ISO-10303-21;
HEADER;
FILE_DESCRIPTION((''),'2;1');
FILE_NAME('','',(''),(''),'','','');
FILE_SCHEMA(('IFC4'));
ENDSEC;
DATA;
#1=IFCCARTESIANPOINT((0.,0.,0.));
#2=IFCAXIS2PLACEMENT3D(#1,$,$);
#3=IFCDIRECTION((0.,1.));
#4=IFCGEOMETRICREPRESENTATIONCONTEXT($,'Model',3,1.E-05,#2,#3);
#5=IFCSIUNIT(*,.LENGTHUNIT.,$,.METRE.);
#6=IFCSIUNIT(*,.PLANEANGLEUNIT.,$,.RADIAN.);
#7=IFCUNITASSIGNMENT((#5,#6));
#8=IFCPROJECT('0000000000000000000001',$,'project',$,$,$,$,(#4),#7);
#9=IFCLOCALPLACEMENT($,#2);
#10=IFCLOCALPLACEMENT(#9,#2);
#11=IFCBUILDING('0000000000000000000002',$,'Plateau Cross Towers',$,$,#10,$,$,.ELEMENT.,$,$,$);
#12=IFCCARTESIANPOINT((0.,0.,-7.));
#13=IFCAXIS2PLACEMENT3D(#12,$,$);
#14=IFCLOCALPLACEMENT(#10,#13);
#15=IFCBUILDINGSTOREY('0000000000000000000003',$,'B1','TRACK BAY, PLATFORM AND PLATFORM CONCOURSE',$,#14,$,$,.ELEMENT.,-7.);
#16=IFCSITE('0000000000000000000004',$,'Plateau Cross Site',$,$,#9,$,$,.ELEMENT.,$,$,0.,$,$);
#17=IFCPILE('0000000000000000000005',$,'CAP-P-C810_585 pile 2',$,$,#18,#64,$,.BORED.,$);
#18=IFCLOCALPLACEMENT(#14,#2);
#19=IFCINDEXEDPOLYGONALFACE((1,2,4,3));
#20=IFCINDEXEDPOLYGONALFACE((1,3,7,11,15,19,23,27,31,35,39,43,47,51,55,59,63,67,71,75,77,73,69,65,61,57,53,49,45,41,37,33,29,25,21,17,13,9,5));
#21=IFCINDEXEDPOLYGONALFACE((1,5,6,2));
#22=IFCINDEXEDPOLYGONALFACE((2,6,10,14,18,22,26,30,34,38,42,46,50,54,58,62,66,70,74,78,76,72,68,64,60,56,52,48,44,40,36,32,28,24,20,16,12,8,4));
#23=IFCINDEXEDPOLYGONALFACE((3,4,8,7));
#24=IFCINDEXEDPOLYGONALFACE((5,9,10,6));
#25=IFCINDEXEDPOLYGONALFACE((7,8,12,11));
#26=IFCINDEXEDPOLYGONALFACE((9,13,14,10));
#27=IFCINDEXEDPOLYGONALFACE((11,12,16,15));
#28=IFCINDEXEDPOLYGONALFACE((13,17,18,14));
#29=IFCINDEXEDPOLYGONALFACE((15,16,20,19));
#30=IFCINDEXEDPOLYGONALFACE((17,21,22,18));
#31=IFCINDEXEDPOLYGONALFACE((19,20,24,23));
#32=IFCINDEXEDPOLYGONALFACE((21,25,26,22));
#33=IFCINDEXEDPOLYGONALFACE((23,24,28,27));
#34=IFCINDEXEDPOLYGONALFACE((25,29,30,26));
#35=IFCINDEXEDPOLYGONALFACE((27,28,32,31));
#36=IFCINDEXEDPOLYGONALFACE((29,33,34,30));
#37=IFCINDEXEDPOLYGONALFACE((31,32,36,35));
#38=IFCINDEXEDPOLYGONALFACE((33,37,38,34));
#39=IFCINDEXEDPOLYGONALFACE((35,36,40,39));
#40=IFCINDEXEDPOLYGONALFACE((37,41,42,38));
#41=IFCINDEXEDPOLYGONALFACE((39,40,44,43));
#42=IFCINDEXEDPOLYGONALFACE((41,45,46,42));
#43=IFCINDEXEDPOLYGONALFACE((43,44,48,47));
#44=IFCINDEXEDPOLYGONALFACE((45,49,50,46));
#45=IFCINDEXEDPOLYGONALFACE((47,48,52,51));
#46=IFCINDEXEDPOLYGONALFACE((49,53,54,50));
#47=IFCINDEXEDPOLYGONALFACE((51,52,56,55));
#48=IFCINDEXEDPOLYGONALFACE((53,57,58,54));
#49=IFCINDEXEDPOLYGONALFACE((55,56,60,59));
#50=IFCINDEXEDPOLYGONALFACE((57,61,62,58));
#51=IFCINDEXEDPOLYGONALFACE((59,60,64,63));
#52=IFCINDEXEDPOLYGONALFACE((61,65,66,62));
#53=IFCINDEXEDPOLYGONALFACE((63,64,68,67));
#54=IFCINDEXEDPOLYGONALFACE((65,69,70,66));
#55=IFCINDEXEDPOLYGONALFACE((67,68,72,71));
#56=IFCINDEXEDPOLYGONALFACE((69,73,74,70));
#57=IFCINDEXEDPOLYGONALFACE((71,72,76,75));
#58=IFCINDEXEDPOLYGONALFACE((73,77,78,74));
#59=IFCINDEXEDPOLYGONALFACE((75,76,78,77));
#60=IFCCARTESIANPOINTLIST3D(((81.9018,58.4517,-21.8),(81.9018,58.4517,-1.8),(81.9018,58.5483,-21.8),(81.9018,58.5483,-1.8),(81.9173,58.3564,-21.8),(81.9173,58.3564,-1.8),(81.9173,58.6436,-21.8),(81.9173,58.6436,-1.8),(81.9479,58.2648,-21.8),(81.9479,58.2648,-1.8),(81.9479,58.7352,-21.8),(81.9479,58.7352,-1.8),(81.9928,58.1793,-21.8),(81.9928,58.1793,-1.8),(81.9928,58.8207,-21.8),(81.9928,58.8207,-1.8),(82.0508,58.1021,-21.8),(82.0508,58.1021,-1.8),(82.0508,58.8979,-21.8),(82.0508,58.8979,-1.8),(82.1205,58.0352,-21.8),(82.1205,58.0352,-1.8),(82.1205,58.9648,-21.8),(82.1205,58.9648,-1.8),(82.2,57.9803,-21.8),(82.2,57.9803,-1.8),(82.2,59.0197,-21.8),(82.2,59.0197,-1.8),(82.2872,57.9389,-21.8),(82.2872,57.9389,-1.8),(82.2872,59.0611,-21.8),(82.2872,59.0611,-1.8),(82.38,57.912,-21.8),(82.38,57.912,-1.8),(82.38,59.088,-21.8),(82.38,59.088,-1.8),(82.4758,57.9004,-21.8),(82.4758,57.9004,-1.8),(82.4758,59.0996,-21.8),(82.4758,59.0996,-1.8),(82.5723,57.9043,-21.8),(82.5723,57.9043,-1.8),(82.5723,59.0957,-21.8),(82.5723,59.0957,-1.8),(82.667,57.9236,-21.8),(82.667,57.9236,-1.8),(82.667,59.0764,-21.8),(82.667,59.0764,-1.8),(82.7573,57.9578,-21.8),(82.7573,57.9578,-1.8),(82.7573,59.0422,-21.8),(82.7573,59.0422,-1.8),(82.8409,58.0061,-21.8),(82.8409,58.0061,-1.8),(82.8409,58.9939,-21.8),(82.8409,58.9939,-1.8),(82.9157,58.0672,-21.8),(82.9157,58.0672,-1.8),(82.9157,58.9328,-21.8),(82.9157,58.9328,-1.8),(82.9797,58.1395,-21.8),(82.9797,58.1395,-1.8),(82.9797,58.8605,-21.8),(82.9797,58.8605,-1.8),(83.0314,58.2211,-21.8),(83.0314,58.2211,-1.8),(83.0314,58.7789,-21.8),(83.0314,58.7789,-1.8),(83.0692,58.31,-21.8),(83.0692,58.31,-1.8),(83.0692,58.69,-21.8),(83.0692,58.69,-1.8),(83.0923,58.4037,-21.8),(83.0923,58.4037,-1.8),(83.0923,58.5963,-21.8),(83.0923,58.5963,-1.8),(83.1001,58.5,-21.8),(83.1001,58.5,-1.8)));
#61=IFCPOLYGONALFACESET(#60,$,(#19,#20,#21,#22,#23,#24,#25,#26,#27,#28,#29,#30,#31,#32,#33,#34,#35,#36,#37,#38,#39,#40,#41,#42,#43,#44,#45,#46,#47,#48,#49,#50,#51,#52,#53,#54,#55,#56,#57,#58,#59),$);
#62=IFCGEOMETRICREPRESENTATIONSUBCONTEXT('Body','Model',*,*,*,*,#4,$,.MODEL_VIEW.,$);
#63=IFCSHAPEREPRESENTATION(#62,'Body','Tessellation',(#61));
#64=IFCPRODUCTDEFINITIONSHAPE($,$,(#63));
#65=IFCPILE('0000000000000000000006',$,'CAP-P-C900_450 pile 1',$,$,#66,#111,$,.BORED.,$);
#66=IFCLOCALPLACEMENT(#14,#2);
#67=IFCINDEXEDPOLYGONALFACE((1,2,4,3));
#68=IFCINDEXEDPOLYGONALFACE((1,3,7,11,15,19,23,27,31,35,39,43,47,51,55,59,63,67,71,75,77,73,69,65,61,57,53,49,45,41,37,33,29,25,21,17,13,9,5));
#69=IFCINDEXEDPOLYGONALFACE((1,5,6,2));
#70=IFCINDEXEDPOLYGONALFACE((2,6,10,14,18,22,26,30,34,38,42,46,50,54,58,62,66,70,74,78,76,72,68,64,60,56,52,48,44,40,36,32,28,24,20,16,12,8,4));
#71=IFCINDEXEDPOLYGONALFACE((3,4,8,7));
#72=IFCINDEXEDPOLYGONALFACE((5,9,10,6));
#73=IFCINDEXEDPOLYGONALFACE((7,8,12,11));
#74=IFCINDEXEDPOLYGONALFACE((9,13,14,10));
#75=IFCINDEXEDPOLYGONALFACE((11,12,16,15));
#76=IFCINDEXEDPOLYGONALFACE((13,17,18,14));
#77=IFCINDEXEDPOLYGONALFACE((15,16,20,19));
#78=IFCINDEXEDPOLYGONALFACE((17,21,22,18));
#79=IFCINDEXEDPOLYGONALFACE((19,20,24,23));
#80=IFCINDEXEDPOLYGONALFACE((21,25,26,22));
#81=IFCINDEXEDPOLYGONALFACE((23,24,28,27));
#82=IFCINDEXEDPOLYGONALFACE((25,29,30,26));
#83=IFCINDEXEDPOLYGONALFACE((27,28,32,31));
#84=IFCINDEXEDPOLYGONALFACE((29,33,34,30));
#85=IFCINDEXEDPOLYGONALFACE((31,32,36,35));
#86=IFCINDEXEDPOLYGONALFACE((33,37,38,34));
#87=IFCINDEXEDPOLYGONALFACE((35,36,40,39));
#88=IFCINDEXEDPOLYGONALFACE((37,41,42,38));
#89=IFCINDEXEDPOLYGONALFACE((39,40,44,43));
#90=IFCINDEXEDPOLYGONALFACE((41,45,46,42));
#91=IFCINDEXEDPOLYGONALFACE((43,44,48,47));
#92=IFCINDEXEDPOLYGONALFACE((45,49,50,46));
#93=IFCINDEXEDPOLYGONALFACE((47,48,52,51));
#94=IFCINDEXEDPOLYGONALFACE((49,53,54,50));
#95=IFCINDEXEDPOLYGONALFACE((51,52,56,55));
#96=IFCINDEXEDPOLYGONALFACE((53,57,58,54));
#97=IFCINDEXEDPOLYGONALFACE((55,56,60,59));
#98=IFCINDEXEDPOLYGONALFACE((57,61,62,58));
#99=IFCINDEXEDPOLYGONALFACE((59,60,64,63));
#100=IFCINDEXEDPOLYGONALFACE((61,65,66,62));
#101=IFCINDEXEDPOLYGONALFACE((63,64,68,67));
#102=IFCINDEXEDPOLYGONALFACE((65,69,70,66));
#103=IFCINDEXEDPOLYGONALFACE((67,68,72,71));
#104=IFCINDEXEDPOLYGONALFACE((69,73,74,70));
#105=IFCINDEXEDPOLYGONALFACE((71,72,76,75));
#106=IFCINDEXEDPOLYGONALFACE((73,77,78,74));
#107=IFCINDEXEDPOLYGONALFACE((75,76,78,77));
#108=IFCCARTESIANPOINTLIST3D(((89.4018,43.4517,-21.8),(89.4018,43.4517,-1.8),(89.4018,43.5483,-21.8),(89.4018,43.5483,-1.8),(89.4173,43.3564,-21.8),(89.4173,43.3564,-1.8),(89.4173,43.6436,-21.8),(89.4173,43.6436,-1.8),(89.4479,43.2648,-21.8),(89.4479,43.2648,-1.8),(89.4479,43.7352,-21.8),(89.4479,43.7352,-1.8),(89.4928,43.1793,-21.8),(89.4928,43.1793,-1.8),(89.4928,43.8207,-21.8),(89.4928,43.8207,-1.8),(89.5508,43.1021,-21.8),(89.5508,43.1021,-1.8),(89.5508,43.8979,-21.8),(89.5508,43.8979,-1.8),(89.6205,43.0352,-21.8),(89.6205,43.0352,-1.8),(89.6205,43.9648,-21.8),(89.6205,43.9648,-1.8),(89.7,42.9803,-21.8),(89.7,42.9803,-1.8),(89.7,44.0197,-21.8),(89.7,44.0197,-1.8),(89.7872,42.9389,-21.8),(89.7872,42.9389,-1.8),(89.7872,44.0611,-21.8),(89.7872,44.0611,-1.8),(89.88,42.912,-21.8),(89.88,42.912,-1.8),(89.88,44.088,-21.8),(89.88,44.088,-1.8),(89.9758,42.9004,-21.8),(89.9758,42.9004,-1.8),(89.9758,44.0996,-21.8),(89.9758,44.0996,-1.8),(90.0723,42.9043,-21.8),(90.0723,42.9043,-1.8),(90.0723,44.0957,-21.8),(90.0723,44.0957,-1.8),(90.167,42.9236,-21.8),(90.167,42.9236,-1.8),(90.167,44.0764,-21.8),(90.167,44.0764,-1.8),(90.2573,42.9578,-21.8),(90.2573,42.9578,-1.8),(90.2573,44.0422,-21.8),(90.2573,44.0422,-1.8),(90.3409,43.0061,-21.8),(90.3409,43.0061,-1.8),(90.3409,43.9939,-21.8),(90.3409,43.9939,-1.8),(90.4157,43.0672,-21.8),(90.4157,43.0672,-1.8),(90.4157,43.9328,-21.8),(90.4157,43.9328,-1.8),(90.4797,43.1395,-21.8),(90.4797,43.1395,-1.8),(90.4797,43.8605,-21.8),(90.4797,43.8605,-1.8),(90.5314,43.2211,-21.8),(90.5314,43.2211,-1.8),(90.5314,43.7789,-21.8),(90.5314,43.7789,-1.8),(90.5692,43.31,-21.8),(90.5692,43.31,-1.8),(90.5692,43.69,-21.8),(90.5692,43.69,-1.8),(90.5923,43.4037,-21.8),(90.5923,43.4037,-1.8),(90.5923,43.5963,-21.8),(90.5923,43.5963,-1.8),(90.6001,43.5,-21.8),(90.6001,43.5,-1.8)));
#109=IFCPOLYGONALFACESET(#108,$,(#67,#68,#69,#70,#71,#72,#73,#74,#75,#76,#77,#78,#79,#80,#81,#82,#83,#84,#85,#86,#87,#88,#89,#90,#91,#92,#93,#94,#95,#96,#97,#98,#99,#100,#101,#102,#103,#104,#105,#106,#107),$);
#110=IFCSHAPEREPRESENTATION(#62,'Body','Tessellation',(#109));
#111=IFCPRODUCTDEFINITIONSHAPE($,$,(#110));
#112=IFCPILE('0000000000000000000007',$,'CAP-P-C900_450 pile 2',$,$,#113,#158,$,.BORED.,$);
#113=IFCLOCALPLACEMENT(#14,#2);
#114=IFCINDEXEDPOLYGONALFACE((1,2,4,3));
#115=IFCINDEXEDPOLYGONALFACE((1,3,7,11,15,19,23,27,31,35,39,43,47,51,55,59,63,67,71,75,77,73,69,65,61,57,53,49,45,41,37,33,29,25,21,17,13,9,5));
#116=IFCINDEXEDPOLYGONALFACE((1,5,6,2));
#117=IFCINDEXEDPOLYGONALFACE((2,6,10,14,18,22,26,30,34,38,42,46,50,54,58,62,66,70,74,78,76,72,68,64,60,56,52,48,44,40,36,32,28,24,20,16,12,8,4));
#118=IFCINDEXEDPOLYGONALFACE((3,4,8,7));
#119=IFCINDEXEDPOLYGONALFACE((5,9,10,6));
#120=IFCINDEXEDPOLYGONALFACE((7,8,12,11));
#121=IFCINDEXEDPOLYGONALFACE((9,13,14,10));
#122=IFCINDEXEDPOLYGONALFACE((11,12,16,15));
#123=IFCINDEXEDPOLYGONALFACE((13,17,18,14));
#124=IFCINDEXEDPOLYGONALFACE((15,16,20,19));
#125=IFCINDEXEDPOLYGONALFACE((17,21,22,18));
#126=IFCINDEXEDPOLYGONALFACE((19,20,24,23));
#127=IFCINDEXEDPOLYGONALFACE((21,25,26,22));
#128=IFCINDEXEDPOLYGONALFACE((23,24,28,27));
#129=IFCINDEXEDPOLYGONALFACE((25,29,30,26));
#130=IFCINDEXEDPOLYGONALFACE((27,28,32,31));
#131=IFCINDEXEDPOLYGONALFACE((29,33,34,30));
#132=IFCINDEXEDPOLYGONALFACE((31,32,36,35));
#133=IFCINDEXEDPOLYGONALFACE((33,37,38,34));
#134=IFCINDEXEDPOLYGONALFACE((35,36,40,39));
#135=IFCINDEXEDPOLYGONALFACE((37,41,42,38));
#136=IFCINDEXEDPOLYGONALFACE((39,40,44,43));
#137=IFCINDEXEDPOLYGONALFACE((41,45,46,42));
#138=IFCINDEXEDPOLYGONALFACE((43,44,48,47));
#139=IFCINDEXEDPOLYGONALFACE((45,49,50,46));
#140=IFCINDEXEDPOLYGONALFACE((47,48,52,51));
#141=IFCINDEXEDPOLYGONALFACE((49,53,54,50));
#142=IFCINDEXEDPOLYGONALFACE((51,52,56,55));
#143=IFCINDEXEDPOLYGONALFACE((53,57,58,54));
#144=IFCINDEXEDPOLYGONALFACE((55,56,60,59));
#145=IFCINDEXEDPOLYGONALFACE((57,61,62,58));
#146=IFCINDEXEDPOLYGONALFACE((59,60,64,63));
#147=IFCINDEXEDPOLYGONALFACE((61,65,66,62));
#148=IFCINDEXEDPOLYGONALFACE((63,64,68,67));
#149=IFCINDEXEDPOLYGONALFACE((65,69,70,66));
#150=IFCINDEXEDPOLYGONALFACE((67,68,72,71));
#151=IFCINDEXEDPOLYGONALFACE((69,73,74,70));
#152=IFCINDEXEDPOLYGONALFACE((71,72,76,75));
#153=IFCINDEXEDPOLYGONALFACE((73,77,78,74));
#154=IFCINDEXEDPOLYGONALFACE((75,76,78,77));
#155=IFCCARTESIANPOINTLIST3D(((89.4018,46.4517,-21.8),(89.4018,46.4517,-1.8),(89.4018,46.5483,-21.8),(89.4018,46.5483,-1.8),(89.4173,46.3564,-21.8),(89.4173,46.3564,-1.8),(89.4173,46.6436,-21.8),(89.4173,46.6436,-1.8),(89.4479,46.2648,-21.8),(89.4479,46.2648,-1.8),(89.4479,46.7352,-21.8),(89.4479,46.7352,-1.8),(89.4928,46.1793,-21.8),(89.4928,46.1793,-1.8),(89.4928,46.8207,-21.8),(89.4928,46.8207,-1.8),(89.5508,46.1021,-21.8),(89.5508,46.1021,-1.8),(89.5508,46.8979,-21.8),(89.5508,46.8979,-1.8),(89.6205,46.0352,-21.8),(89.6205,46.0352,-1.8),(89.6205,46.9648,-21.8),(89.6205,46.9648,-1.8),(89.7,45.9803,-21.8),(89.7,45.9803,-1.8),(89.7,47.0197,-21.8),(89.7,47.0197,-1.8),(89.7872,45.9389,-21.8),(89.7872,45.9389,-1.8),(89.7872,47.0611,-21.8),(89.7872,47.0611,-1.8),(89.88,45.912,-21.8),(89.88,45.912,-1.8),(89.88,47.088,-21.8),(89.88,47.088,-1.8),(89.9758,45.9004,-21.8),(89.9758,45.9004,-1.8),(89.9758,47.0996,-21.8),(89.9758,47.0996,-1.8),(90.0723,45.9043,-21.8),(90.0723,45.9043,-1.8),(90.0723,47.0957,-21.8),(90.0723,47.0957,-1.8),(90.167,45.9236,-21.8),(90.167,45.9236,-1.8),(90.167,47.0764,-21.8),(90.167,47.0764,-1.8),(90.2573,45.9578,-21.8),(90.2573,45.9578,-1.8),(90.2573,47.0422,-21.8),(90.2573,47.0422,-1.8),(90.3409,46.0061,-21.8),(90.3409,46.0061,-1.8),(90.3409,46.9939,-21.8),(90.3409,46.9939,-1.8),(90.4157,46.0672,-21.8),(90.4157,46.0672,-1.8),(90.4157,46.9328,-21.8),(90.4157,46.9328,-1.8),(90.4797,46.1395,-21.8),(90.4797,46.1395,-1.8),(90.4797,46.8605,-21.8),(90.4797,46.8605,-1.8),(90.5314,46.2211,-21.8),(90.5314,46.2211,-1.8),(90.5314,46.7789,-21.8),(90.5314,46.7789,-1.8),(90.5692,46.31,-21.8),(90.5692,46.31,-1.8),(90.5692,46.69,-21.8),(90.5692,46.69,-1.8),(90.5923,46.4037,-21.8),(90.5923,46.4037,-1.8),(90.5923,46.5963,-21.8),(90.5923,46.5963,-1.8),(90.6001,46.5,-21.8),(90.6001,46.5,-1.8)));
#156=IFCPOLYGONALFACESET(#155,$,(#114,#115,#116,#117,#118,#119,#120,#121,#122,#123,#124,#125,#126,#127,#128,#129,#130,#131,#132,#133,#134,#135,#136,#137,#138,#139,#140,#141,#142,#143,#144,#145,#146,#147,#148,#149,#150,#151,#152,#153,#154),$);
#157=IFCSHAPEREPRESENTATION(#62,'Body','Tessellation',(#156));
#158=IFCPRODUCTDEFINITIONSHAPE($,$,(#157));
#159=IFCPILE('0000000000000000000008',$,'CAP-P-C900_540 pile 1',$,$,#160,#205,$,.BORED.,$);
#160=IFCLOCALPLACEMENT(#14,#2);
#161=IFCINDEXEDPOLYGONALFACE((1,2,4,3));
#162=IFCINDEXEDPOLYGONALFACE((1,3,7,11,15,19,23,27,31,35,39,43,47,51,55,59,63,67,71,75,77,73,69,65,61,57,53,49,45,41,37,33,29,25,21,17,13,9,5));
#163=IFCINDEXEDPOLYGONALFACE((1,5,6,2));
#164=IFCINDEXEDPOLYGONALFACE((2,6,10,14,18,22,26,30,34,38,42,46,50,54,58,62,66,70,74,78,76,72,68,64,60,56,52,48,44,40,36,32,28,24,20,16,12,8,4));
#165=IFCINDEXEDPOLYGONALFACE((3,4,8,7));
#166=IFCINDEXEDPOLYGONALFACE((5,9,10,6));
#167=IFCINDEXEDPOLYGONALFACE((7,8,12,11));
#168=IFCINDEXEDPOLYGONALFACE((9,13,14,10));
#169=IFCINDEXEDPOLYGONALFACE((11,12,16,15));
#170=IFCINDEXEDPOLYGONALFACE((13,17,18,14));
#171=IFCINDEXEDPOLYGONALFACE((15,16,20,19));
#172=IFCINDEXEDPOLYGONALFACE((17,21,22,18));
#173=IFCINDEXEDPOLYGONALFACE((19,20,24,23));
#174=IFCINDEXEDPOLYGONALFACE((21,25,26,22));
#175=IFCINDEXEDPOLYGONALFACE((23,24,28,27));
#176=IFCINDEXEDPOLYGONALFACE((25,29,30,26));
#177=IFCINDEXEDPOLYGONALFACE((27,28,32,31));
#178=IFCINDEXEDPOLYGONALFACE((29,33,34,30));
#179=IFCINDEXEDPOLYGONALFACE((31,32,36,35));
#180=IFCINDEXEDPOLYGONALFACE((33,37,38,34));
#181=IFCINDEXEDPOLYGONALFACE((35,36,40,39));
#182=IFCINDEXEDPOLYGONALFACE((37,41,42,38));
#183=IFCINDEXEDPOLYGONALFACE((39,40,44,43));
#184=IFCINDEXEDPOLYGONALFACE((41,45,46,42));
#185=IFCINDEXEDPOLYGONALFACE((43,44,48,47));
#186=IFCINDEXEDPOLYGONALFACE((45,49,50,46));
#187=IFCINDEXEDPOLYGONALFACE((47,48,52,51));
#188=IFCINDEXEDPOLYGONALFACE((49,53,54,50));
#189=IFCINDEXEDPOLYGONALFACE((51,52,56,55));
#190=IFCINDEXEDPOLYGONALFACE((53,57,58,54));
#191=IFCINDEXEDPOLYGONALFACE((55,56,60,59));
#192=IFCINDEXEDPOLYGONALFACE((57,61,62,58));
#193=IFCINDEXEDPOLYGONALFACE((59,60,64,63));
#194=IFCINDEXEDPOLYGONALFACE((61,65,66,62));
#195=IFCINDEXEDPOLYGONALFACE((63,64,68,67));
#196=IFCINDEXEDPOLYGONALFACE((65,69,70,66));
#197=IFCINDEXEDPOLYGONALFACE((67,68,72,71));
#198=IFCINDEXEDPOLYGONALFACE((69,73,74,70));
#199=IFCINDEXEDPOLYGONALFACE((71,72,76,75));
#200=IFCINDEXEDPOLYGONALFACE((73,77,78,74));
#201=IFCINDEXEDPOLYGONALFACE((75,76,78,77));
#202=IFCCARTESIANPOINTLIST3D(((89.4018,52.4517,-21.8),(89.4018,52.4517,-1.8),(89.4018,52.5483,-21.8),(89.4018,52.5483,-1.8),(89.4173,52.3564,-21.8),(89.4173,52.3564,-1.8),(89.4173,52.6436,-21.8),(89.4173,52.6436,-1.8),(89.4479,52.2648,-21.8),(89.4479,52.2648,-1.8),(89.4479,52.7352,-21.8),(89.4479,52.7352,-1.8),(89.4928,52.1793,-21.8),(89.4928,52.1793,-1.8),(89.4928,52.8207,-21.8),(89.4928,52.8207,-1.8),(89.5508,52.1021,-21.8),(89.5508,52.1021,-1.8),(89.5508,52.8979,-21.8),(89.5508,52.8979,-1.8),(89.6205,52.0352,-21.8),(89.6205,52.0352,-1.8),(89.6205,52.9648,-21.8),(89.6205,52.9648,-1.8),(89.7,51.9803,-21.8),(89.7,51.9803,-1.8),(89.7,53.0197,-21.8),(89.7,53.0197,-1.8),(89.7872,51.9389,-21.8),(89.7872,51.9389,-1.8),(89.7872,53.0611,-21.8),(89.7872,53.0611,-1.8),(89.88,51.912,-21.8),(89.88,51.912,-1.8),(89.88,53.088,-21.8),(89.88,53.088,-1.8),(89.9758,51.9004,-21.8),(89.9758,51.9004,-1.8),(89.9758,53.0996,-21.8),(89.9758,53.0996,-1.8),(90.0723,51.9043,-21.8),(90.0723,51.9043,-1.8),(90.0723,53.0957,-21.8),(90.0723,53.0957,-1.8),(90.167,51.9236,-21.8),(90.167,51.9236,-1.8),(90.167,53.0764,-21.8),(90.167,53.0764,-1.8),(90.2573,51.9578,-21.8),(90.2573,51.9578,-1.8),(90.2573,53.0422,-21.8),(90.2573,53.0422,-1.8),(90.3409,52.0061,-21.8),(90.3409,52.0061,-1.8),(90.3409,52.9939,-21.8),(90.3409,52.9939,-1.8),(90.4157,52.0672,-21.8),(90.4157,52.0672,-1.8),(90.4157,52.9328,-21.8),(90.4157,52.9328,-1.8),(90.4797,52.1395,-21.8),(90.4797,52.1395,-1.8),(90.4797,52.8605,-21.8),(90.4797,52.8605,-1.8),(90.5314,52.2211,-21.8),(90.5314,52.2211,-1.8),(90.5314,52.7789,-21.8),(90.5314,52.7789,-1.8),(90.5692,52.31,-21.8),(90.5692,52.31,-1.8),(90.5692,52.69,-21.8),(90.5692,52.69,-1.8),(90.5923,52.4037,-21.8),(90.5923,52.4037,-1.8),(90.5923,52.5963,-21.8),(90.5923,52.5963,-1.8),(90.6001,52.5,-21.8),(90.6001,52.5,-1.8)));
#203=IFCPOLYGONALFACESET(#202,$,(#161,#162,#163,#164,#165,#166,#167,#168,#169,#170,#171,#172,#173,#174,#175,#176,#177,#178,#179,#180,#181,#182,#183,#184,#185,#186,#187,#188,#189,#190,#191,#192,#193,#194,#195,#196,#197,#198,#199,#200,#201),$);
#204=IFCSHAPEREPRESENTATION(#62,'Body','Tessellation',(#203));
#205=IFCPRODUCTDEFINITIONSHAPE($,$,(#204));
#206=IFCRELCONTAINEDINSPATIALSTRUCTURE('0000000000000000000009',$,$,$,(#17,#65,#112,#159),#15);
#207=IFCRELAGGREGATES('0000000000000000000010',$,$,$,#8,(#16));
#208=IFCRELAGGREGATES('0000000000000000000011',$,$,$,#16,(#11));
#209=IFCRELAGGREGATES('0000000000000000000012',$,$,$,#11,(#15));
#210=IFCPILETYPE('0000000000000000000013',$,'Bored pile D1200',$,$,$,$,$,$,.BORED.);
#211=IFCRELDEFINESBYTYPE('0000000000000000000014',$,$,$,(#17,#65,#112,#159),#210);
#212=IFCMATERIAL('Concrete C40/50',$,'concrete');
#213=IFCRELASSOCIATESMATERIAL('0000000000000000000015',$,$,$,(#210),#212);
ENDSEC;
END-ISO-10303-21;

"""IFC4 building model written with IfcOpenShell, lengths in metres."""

from ifc_helpers import new_model, si_unit, direction, frame, origin, origin_2d, place, context, subcontext, project, spatial, circle, extrude, material, material_profile, profile_set, type_object, element, save


model = new_model("IFC4")

# Units and contexts
model_context = context("Model", 3, precision=1e-05, world=origin(), true_north=direction((0.0, 1.0)))
body_context = subcontext(model_context, "Body", "Model", "MODEL_VIEW")
ifc_project = project(units=[si_unit("LENGTHUNIT", "METRE"), si_unit("PLANEANGLEUNIT", "RADIAN")], contexts=[model_context])

# Site, building, storey
site_placement = place(None, origin())
site = spatial("IfcSite", under=ifc_project, at=site_placement, Name="Plateau Cross Site", CompositionType="ELEMENT", RefElevation=0.0)
building_placement = place(site_placement, origin())
building = spatial("IfcBuilding", under=site, at=building_placement, Name="Plateau Cross Towers", CompositionType="ELEMENT")
storey_placement = place(building_placement, frame((0.0, 0.0, -7.0)))
storey = spatial("IfcBuildingStorey", under=building, at=storey_placement, Name="B1", Description="TRACK BAY, PLATFORM AND PLATFORM CONCOURSE", CompositionType="ELEMENT", Elevation=-7.0)

# Piles
ifc_material_1 = material(Name="Concrete C40/50", Category="concrete")
ifc_material_profile_1 = material_profile(ifc_material_1, circle(Radius=0.6001, at=origin_2d()), Name="Bored pile D1200")
ifc_profile_set_1 = profile_set([ifc_material_profile_1], Name="Concrete C40/50")
pile_type = type_object("IfcPileType", Name="Bored pile D1200", PredefinedType="BORED", material=ifc_profile_set_1)
for number, where, z_axis, x_axis, name in (
    (1, (82.5, 58.5, -1.8), (0.0, 0.0, -1.0), (1.0, 0.0, 0.0), "CAP-P-C810_585 pile 2"),
    (2, (90.0, 43.5, -1.8), (0.0, 0.0, -1.0), (1.0, 0.0, 0.0), "CAP-P-C900_450 pile 1"),
    (3, (90.0, 46.5, -1.8), (0.0, 0.0, -1.0), (1.0, 0.0, 0.0), "CAP-P-C900_450 pile 2"),
    (4, (90.0, 52.5, -1.8), (0.0, 0.0, -1.0), (1.0, 0.0, 0.0), "CAP-P-C900_540 pile 1"),
):
    element("IfcPile", number, at=place(storey_placement, frame(where, z_axis=z_axis, x_axis=x_axis)), inside=storey, type_object=pile_type, Name=name, PredefinedType="BORED", context=body_context, shape_type="SweptSolid", body=[
        extrude(circle(Radius=0.6001, at=origin_2d()), origin(), (0.0, 0.0, 1.0), 20.0),
    ])

save(model, "model.ifc")
